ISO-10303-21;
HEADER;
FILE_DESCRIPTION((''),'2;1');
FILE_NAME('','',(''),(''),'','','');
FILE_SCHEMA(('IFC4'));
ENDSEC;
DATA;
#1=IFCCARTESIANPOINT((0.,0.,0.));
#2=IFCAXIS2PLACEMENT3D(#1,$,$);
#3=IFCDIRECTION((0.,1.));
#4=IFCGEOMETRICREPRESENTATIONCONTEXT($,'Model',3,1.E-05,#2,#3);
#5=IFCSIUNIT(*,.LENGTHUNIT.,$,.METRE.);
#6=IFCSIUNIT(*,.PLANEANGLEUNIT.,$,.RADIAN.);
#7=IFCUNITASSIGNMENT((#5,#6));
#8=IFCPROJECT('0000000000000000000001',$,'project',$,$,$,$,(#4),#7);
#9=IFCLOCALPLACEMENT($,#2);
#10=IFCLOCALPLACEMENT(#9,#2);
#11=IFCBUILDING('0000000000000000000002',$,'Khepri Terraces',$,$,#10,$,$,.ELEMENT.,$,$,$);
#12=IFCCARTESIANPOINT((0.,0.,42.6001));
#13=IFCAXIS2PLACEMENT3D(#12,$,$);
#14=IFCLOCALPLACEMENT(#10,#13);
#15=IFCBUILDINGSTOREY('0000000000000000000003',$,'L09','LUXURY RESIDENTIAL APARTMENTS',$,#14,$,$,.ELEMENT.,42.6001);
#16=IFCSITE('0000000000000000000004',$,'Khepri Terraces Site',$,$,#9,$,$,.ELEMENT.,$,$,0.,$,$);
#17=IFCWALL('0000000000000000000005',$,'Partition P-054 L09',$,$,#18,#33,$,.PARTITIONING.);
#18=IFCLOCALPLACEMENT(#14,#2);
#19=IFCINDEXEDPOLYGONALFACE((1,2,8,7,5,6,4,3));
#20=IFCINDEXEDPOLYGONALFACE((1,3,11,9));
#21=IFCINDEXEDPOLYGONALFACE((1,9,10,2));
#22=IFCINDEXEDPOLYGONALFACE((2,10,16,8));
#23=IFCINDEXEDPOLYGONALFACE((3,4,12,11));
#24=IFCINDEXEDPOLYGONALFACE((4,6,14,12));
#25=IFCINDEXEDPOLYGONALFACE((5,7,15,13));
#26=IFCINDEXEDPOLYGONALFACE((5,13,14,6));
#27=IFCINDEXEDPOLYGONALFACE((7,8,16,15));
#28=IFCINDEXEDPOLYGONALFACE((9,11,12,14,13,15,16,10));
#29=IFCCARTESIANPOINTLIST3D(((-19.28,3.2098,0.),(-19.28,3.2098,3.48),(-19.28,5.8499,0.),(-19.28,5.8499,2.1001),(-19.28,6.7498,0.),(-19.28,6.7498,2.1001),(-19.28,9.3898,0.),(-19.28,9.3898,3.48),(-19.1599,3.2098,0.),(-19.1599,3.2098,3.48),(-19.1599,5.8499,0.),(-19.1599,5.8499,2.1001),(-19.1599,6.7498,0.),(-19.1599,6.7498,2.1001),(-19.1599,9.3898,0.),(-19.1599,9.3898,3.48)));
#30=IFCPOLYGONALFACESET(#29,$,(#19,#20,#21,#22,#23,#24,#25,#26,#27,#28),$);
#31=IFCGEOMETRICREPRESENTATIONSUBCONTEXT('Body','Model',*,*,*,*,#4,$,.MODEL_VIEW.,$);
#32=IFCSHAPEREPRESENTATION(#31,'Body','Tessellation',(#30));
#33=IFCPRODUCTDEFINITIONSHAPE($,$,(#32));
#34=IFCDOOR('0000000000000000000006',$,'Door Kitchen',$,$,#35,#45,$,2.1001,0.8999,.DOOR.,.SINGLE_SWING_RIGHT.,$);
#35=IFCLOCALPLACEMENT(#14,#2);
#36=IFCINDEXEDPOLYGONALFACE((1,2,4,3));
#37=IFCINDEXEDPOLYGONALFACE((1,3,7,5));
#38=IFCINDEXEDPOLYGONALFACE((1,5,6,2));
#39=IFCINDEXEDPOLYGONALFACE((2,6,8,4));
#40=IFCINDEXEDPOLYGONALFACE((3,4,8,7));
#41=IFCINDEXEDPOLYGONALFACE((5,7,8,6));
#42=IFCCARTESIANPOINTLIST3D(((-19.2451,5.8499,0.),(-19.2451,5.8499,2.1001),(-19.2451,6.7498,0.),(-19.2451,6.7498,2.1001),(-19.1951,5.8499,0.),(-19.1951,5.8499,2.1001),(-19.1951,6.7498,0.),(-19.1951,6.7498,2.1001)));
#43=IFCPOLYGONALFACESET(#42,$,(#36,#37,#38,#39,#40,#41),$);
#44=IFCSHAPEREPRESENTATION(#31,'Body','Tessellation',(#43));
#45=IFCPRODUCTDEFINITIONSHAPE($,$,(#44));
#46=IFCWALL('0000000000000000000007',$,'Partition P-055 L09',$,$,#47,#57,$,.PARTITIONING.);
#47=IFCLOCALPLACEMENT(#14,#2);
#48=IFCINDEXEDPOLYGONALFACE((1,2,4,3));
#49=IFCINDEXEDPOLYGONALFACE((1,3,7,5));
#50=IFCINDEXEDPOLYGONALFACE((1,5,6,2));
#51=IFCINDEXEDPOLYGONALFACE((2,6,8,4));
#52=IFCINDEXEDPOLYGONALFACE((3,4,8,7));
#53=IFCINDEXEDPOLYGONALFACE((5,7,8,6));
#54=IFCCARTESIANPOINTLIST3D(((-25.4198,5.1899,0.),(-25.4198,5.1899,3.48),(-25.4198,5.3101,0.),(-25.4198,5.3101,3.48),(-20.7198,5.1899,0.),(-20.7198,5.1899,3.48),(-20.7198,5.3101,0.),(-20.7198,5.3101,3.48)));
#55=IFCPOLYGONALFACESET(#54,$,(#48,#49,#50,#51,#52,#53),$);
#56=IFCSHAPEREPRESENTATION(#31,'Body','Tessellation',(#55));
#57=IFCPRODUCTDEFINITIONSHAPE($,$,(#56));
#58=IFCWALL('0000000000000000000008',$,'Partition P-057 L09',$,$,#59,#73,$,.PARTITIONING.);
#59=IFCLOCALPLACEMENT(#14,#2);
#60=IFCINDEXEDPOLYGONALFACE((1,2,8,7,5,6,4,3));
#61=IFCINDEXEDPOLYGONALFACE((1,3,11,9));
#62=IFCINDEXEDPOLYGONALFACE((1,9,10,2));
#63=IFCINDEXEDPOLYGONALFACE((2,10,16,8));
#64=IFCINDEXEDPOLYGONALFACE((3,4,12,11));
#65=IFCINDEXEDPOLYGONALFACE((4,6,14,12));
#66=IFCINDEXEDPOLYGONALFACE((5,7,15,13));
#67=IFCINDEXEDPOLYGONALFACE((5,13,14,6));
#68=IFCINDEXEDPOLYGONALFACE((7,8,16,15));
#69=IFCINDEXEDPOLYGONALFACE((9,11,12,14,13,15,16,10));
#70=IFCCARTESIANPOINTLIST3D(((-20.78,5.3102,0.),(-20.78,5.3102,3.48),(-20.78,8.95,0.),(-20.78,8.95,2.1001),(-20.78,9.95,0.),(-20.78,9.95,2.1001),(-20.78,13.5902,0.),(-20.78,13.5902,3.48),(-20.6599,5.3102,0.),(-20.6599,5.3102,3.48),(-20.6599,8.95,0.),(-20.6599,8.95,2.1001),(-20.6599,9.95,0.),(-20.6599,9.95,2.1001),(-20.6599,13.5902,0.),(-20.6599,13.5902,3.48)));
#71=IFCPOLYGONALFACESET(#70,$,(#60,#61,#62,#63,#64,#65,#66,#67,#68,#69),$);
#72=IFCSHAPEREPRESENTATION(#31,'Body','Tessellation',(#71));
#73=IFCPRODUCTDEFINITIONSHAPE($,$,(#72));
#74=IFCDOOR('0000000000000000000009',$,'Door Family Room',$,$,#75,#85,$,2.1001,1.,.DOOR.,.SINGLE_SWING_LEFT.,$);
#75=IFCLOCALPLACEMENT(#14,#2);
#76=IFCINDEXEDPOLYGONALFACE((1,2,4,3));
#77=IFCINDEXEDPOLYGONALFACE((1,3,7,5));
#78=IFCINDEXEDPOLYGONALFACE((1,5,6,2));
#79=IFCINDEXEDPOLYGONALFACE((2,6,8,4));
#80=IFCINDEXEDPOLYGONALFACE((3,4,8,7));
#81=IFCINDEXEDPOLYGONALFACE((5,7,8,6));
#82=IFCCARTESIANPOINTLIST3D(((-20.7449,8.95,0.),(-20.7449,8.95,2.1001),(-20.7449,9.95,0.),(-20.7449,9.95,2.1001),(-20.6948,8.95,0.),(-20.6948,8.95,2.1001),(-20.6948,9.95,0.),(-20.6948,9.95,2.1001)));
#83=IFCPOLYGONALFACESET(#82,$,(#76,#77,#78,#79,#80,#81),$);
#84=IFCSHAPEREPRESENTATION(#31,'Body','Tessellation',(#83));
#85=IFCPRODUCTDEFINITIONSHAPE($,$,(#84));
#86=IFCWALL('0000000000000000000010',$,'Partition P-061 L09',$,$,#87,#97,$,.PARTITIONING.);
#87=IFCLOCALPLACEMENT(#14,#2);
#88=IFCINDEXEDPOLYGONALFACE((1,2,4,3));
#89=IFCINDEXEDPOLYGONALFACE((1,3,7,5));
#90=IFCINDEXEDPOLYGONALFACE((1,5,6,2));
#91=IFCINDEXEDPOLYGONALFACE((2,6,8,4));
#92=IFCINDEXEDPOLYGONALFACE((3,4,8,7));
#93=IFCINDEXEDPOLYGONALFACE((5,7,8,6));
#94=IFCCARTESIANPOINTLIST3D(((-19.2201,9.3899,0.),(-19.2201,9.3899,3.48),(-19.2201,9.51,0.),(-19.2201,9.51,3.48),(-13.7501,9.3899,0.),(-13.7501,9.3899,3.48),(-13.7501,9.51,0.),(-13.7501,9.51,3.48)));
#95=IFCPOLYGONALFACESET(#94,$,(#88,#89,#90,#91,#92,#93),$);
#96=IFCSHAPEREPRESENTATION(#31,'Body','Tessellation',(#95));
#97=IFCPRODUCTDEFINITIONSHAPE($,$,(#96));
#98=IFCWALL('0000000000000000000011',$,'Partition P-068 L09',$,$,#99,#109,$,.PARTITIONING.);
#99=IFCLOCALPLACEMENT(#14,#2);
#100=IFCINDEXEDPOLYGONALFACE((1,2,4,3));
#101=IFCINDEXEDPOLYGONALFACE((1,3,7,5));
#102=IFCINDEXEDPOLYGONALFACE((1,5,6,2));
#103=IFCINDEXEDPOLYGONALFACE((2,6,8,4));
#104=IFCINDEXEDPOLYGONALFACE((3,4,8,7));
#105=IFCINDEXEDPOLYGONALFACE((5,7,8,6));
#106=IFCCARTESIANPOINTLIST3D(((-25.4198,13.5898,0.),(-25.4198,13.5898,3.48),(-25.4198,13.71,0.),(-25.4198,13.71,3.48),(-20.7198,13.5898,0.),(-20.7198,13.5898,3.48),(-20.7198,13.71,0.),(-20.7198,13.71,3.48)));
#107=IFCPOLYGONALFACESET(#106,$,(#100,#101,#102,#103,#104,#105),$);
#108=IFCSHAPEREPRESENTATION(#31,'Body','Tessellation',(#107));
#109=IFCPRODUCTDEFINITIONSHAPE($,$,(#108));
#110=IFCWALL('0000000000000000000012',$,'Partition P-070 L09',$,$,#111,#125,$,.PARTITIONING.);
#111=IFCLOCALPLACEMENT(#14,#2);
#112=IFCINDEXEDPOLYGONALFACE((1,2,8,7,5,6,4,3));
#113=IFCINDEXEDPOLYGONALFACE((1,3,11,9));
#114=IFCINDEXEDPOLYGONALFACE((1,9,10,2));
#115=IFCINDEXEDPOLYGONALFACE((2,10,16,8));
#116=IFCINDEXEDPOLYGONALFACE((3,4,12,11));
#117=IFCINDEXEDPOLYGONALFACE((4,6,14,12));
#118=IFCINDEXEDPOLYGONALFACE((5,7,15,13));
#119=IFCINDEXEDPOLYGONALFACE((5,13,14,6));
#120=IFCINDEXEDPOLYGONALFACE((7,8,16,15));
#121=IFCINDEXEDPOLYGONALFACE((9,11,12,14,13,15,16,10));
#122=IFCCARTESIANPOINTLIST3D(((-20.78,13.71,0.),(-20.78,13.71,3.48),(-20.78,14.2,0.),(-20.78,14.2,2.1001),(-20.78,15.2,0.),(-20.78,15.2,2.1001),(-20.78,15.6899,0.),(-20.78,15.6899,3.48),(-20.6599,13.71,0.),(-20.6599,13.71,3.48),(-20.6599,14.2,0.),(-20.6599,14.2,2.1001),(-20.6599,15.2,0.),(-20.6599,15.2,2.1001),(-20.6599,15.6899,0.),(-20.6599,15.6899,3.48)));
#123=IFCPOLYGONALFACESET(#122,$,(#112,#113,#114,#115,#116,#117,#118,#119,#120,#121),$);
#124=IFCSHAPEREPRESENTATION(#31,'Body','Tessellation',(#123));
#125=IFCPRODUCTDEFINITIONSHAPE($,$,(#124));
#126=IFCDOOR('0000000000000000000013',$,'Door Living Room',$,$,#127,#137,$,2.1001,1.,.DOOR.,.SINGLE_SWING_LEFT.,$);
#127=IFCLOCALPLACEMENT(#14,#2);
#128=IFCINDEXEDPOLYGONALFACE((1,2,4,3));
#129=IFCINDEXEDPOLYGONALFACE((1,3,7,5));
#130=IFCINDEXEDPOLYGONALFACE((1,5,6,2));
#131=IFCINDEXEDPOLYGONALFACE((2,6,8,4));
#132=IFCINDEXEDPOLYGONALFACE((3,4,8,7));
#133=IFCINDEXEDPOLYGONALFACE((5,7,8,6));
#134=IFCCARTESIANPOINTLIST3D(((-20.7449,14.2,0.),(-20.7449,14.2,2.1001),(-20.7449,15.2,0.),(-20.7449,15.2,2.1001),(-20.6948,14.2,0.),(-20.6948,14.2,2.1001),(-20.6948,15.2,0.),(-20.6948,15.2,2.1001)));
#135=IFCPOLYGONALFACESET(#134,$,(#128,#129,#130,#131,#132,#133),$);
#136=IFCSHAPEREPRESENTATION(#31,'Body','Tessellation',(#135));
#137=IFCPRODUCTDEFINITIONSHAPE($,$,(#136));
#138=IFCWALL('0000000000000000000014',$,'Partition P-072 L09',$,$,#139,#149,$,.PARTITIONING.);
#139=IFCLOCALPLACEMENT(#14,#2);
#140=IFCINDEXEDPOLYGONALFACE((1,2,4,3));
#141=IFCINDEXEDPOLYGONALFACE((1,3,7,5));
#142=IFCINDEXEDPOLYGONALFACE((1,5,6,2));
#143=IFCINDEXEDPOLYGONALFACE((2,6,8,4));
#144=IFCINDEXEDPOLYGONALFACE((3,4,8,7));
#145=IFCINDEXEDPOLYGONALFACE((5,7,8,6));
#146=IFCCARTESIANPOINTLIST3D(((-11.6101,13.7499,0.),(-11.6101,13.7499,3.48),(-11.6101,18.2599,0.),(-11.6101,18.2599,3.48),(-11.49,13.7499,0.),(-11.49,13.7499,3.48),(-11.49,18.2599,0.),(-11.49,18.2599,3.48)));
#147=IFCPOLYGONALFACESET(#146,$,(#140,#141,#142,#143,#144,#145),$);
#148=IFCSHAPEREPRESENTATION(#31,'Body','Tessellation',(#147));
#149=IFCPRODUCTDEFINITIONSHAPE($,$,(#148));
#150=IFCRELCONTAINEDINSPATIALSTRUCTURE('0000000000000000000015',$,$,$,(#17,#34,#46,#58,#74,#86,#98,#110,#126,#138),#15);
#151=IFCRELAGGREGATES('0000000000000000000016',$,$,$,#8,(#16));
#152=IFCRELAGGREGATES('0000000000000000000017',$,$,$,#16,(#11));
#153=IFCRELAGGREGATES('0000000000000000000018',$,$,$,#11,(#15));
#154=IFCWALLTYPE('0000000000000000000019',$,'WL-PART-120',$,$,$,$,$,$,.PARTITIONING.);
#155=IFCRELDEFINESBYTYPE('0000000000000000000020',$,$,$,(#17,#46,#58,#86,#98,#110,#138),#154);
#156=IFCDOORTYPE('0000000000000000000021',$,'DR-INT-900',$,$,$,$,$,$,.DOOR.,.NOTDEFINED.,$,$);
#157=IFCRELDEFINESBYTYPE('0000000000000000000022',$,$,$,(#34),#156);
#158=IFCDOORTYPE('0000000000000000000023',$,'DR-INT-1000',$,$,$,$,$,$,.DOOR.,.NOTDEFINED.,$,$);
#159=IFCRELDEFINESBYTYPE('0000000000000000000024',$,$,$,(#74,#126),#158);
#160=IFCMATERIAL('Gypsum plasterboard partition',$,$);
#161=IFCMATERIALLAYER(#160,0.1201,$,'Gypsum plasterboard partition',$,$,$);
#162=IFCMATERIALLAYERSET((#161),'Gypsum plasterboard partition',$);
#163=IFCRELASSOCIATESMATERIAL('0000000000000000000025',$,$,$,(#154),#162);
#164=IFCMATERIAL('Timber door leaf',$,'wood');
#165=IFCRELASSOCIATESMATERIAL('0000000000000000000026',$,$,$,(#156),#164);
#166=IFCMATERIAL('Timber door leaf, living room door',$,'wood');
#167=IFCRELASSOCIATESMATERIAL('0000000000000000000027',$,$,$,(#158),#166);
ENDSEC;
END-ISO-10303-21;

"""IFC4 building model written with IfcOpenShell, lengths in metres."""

from ifc_helpers import new_model, si_unit, direction, frame, frame_2d, origin, place, context, subcontext, project, spatial, rectangle, extrude, material, layer, layer_set, type_object, element, fill, save


model = new_model("IFC4")

# Units and contexts
model_context = context("Model", 3, precision=1e-05, world=origin(), true_north=direction((0.0, 1.0)))
body_context = subcontext(model_context, "Body", "Model", "MODEL_VIEW")
ifc_project = project(units=[si_unit("LENGTHUNIT", "METRE"), si_unit("PLANEANGLEUNIT", "RADIAN")], contexts=[model_context])

# Site, building, storey
site_placement = place(None, origin())
site = spatial("IfcSite", under=ifc_project, at=site_placement, Name="Khepri Terraces Site", CompositionType="ELEMENT", RefElevation=0.0)
building_placement = place(site_placement, origin())
building = spatial("IfcBuilding", under=site, at=building_placement, Name="Khepri Terraces", CompositionType="ELEMENT")
storey_placement = place(building_placement, frame((0.0, 0.0, 42.6001)))
storey = spatial("IfcBuildingStorey", under=building, at=storey_placement, Name="L09", Description="LUXURY RESIDENTIAL APARTMENTS", CompositionType="ELEMENT", Elevation=42.6001)

# Shared definitions
ifc_material_1 = material(Name="Gypsum plasterboard partition")
ifc_layer_1 = layer(ifc_material_1, 0.1201, Name="Gypsum plasterboard partition")
ifc_layer_set_1 = layer_set([ifc_layer_1], Name="Gypsum plasterboard partition")
wall_type_1 = type_object("IfcWallType", Name="WL-PART-120", PredefinedType="PARTITIONING", material=ifc_layer_set_1)

# Wall, opening, door
wall_1_placement = place(storey_placement, frame((-19.22, 3.21, 0.0), z_axis=(0.0, 0.0, 1.0), x_axis=(0.0, 1.0, 0.0)))
wall_1 = element("IfcWall", 1, at=wall_1_placement, inside=storey, type_object=wall_type_1, Name="Partition P-054 L09", PredefinedType="PARTITIONING", context=body_context, shape_type="SweptSolid", body=[
    extrude(rectangle(XDim=6.1799, YDim=0.1201, at=frame_2d((3.0898, 0.0))), origin(), (0.0, 0.0, 1.0), 3.48),
])
opening_1_placement = place(wall_1_placement, frame((2.6399, 0.0, 0.0)))
opening_1 = element("IfcOpeningElement", 2, at=opening_1_placement, cuts=wall_1, PredefinedType="OPENING", context=body_context, shape_type="SweptSolid", body=[
    extrude(rectangle(XDim=0.8999, YDim=2.1001, at=frame_2d((0.45, 1.05))), frame((0.0, 0.0701, 0.0), z_axis=(0.0, -1.0, 0.0), x_axis=(1.0, 0.0, 0.0)), (0.0, 0.0, 1.0), 0.1401),
])
ifc_material_2 = material(Name="Timber door leaf", Category="wood")
door_type_1 = type_object("IfcDoorType", Name="DR-INT-900", OperationType="NOTDEFINED", PredefinedType="DOOR", material=ifc_material_2)
door_1_placement = place(opening_1_placement, frame((0.8999, 0.0, 0.0), z_axis=(0.0, 0.0, 1.0), x_axis=(-1.0, 0.0, 0.0)))
door_1 = element("IfcDoor", 3, at=door_1_placement, inside=storey, type_object=door_type_1, Name="Door Kitchen", OperationType="SINGLE_SWING_RIGHT", OverallHeight=2.1001, OverallWidth=0.8999, PredefinedType="DOOR", context=body_context, shape_type="SweptSolid", body=[
    extrude(rectangle(XDim=0.8999, YDim=2.1001, at=frame_2d((0.45, 1.05))), frame((0.0, 0.0249, 0.0), z_axis=(0.0, -1.0, 0.0), x_axis=(1.0, 0.0, 0.0)), (0.0, 0.0, 1.0), 0.05),
])
fill(opening_1, door_1)

# Wall
wall_2_placement = place(storey_placement, frame((-25.4199, 5.25, 0.0), z_axis=(0.0, 0.0, 1.0), x_axis=(1.0, 0.0, 0.0)))
element("IfcWall", 4, at=wall_2_placement, inside=storey, type_object=wall_type_1, Name="Partition P-055 L09", PredefinedType="PARTITIONING", context=body_context, shape_type="SweptSolid", body=[
    extrude(rectangle(XDim=4.7, YDim=0.1201, at=frame_2d((2.3501, 0.0))), origin(), (0.0, 0.0, 1.0), 3.48),
])

# Wall, opening, door
wall_3_placement = place(storey_placement, frame((-20.72, 5.3101, 0.0), z_axis=(0.0, 0.0, 1.0), x_axis=(0.0, 1.0, 0.0)))
wall_3 = element("IfcWall", 5, at=wall_3_placement, inside=storey, type_object=wall_type_1, Name="Partition P-057 L09", PredefinedType="PARTITIONING", context=body_context, shape_type="SweptSolid", body=[
    extrude(rectangle(XDim=8.28, YDim=0.1201, at=frame_2d((4.1401, 0.0))), origin(), (0.0, 0.0, 1.0), 3.48),
])
opening_2_placement = place(wall_3_placement, frame((3.6399, 0.0, 0.0)))
opening_2 = element("IfcOpeningElement", 6, at=opening_2_placement, cuts=wall_3, PredefinedType="OPENING", context=body_context, shape_type="SweptSolid", body=[
    extrude(rectangle(XDim=1.0, YDim=2.1001, at=frame_2d((0.5, 1.05))), frame((0.0, 0.0701, 0.0), z_axis=(0.0, -1.0, 0.0), x_axis=(1.0, 0.0, 0.0)), (0.0, 0.0, 1.0), 0.1401),
])
ifc_material_3 = material(Name="Timber door leaf, living room door", Category="wood")
door_type_2 = type_object("IfcDoorType", Name="DR-INT-1000", OperationType="NOTDEFINED", PredefinedType="DOOR", material=ifc_material_3)
door_2_placement = place(opening_2_placement, origin())
door_2 = element("IfcDoor", 7, at=door_2_placement, inside=storey, type_object=door_type_2, Name="Door Family Room", OperationType="SINGLE_SWING_LEFT", OverallHeight=2.1001, OverallWidth=1.0, PredefinedType="DOOR", context=body_context, shape_type="SweptSolid", body=[
    extrude(rectangle(XDim=1.0, YDim=2.1001, at=frame_2d((0.5, 1.05))), frame((0.0, 0.0249, 0.0), z_axis=(0.0, -1.0, 0.0), x_axis=(1.0, 0.0, 0.0)), (0.0, 0.0, 1.0), 0.05),
])
fill(opening_2, door_2)

# Walls
wall_4_placement = place(storey_placement, frame((-19.22, 9.45, 0.0), z_axis=(0.0, 0.0, 1.0), x_axis=(1.0, 0.0, 0.0)))
element("IfcWall", 8, at=wall_4_placement, inside=storey, type_object=wall_type_1, Name="Partition P-061 L09", PredefinedType="PARTITIONING", context=body_context, shape_type="SweptSolid", body=[
    extrude(rectangle(XDim=5.47, YDim=0.1201, at=frame_2d((2.7349, 0.0))), origin(), (0.0, 0.0, 1.0), 3.48),
])
wall_5_placement = place(storey_placement, frame((-25.4199, 13.6499, 0.0), z_axis=(0.0, 0.0, 1.0), x_axis=(1.0, 0.0, 0.0)))
element("IfcWall", 9, at=wall_5_placement, inside=storey, type_object=wall_type_1, Name="Partition P-068 L09", PredefinedType="PARTITIONING", context=body_context, shape_type="SweptSolid", body=[
    extrude(rectangle(XDim=4.7, YDim=0.1201, at=frame_2d((2.3501, 0.0))), origin(), (0.0, 0.0, 1.0), 3.48),
])

# Wall, opening, door
wall_6_placement = place(storey_placement, frame((-20.72, 13.71, 0.0), z_axis=(0.0, 0.0, 1.0), x_axis=(0.0, 1.0, 0.0)))
wall_6 = element("IfcWall", 10, at=wall_6_placement, inside=storey, type_object=wall_type_1, Name="Partition P-070 L09", PredefinedType="PARTITIONING", context=body_context, shape_type="SweptSolid", body=[
    extrude(rectangle(XDim=1.98, YDim=0.1201, at=frame_2d((0.99, 0.0))), origin(), (0.0, 0.0, 1.0), 3.48),
])
opening_3_placement = place(wall_6_placement, frame((0.49, 0.0, 0.0)))
opening_3 = element("IfcOpeningElement", 11, at=opening_3_placement, cuts=wall_6, PredefinedType="OPENING", context=body_context, shape_type="SweptSolid", body=[
    extrude(rectangle(XDim=1.0, YDim=2.1001, at=frame_2d((0.5, 1.05))), frame((0.0, 0.0701, 0.0), z_axis=(0.0, -1.0, 0.0), x_axis=(1.0, 0.0, 0.0)), (0.0, 0.0, 1.0), 0.1401),
])
door_3_placement = place(opening_3_placement, origin())
door_3 = element("IfcDoor", 12, at=door_3_placement, inside=storey, type_object=door_type_2, Name="Door Living Room", OperationType="SINGLE_SWING_LEFT", OverallHeight=2.1001, OverallWidth=1.0, PredefinedType="DOOR", context=body_context, shape_type="SweptSolid", body=[
    extrude(rectangle(XDim=1.0, YDim=2.1001, at=frame_2d((0.5, 1.05))), frame((0.0, 0.0249, 0.0), z_axis=(0.0, -1.0, 0.0), x_axis=(1.0, 0.0, 0.0)), (0.0, 0.0, 1.0), 0.05),
])
fill(opening_3, door_3)

# Wall
wall_7_placement = place(storey_placement, frame((-11.55, 13.75, 0.0), z_axis=(0.0, 0.0, 1.0), x_axis=(0.0, 1.0, 0.0)))
element("IfcWall", 13, at=wall_7_placement, inside=storey, type_object=wall_type_1, Name="Partition P-072 L09", PredefinedType="PARTITIONING", context=body_context, shape_type="SweptSolid", body=[
    extrude(rectangle(XDim=4.51, YDim=0.1201, at=frame_2d((2.2549, 0.0))), origin(), (0.0, 0.0, 1.0), 3.48),
])

save(model, "model.ifc")
